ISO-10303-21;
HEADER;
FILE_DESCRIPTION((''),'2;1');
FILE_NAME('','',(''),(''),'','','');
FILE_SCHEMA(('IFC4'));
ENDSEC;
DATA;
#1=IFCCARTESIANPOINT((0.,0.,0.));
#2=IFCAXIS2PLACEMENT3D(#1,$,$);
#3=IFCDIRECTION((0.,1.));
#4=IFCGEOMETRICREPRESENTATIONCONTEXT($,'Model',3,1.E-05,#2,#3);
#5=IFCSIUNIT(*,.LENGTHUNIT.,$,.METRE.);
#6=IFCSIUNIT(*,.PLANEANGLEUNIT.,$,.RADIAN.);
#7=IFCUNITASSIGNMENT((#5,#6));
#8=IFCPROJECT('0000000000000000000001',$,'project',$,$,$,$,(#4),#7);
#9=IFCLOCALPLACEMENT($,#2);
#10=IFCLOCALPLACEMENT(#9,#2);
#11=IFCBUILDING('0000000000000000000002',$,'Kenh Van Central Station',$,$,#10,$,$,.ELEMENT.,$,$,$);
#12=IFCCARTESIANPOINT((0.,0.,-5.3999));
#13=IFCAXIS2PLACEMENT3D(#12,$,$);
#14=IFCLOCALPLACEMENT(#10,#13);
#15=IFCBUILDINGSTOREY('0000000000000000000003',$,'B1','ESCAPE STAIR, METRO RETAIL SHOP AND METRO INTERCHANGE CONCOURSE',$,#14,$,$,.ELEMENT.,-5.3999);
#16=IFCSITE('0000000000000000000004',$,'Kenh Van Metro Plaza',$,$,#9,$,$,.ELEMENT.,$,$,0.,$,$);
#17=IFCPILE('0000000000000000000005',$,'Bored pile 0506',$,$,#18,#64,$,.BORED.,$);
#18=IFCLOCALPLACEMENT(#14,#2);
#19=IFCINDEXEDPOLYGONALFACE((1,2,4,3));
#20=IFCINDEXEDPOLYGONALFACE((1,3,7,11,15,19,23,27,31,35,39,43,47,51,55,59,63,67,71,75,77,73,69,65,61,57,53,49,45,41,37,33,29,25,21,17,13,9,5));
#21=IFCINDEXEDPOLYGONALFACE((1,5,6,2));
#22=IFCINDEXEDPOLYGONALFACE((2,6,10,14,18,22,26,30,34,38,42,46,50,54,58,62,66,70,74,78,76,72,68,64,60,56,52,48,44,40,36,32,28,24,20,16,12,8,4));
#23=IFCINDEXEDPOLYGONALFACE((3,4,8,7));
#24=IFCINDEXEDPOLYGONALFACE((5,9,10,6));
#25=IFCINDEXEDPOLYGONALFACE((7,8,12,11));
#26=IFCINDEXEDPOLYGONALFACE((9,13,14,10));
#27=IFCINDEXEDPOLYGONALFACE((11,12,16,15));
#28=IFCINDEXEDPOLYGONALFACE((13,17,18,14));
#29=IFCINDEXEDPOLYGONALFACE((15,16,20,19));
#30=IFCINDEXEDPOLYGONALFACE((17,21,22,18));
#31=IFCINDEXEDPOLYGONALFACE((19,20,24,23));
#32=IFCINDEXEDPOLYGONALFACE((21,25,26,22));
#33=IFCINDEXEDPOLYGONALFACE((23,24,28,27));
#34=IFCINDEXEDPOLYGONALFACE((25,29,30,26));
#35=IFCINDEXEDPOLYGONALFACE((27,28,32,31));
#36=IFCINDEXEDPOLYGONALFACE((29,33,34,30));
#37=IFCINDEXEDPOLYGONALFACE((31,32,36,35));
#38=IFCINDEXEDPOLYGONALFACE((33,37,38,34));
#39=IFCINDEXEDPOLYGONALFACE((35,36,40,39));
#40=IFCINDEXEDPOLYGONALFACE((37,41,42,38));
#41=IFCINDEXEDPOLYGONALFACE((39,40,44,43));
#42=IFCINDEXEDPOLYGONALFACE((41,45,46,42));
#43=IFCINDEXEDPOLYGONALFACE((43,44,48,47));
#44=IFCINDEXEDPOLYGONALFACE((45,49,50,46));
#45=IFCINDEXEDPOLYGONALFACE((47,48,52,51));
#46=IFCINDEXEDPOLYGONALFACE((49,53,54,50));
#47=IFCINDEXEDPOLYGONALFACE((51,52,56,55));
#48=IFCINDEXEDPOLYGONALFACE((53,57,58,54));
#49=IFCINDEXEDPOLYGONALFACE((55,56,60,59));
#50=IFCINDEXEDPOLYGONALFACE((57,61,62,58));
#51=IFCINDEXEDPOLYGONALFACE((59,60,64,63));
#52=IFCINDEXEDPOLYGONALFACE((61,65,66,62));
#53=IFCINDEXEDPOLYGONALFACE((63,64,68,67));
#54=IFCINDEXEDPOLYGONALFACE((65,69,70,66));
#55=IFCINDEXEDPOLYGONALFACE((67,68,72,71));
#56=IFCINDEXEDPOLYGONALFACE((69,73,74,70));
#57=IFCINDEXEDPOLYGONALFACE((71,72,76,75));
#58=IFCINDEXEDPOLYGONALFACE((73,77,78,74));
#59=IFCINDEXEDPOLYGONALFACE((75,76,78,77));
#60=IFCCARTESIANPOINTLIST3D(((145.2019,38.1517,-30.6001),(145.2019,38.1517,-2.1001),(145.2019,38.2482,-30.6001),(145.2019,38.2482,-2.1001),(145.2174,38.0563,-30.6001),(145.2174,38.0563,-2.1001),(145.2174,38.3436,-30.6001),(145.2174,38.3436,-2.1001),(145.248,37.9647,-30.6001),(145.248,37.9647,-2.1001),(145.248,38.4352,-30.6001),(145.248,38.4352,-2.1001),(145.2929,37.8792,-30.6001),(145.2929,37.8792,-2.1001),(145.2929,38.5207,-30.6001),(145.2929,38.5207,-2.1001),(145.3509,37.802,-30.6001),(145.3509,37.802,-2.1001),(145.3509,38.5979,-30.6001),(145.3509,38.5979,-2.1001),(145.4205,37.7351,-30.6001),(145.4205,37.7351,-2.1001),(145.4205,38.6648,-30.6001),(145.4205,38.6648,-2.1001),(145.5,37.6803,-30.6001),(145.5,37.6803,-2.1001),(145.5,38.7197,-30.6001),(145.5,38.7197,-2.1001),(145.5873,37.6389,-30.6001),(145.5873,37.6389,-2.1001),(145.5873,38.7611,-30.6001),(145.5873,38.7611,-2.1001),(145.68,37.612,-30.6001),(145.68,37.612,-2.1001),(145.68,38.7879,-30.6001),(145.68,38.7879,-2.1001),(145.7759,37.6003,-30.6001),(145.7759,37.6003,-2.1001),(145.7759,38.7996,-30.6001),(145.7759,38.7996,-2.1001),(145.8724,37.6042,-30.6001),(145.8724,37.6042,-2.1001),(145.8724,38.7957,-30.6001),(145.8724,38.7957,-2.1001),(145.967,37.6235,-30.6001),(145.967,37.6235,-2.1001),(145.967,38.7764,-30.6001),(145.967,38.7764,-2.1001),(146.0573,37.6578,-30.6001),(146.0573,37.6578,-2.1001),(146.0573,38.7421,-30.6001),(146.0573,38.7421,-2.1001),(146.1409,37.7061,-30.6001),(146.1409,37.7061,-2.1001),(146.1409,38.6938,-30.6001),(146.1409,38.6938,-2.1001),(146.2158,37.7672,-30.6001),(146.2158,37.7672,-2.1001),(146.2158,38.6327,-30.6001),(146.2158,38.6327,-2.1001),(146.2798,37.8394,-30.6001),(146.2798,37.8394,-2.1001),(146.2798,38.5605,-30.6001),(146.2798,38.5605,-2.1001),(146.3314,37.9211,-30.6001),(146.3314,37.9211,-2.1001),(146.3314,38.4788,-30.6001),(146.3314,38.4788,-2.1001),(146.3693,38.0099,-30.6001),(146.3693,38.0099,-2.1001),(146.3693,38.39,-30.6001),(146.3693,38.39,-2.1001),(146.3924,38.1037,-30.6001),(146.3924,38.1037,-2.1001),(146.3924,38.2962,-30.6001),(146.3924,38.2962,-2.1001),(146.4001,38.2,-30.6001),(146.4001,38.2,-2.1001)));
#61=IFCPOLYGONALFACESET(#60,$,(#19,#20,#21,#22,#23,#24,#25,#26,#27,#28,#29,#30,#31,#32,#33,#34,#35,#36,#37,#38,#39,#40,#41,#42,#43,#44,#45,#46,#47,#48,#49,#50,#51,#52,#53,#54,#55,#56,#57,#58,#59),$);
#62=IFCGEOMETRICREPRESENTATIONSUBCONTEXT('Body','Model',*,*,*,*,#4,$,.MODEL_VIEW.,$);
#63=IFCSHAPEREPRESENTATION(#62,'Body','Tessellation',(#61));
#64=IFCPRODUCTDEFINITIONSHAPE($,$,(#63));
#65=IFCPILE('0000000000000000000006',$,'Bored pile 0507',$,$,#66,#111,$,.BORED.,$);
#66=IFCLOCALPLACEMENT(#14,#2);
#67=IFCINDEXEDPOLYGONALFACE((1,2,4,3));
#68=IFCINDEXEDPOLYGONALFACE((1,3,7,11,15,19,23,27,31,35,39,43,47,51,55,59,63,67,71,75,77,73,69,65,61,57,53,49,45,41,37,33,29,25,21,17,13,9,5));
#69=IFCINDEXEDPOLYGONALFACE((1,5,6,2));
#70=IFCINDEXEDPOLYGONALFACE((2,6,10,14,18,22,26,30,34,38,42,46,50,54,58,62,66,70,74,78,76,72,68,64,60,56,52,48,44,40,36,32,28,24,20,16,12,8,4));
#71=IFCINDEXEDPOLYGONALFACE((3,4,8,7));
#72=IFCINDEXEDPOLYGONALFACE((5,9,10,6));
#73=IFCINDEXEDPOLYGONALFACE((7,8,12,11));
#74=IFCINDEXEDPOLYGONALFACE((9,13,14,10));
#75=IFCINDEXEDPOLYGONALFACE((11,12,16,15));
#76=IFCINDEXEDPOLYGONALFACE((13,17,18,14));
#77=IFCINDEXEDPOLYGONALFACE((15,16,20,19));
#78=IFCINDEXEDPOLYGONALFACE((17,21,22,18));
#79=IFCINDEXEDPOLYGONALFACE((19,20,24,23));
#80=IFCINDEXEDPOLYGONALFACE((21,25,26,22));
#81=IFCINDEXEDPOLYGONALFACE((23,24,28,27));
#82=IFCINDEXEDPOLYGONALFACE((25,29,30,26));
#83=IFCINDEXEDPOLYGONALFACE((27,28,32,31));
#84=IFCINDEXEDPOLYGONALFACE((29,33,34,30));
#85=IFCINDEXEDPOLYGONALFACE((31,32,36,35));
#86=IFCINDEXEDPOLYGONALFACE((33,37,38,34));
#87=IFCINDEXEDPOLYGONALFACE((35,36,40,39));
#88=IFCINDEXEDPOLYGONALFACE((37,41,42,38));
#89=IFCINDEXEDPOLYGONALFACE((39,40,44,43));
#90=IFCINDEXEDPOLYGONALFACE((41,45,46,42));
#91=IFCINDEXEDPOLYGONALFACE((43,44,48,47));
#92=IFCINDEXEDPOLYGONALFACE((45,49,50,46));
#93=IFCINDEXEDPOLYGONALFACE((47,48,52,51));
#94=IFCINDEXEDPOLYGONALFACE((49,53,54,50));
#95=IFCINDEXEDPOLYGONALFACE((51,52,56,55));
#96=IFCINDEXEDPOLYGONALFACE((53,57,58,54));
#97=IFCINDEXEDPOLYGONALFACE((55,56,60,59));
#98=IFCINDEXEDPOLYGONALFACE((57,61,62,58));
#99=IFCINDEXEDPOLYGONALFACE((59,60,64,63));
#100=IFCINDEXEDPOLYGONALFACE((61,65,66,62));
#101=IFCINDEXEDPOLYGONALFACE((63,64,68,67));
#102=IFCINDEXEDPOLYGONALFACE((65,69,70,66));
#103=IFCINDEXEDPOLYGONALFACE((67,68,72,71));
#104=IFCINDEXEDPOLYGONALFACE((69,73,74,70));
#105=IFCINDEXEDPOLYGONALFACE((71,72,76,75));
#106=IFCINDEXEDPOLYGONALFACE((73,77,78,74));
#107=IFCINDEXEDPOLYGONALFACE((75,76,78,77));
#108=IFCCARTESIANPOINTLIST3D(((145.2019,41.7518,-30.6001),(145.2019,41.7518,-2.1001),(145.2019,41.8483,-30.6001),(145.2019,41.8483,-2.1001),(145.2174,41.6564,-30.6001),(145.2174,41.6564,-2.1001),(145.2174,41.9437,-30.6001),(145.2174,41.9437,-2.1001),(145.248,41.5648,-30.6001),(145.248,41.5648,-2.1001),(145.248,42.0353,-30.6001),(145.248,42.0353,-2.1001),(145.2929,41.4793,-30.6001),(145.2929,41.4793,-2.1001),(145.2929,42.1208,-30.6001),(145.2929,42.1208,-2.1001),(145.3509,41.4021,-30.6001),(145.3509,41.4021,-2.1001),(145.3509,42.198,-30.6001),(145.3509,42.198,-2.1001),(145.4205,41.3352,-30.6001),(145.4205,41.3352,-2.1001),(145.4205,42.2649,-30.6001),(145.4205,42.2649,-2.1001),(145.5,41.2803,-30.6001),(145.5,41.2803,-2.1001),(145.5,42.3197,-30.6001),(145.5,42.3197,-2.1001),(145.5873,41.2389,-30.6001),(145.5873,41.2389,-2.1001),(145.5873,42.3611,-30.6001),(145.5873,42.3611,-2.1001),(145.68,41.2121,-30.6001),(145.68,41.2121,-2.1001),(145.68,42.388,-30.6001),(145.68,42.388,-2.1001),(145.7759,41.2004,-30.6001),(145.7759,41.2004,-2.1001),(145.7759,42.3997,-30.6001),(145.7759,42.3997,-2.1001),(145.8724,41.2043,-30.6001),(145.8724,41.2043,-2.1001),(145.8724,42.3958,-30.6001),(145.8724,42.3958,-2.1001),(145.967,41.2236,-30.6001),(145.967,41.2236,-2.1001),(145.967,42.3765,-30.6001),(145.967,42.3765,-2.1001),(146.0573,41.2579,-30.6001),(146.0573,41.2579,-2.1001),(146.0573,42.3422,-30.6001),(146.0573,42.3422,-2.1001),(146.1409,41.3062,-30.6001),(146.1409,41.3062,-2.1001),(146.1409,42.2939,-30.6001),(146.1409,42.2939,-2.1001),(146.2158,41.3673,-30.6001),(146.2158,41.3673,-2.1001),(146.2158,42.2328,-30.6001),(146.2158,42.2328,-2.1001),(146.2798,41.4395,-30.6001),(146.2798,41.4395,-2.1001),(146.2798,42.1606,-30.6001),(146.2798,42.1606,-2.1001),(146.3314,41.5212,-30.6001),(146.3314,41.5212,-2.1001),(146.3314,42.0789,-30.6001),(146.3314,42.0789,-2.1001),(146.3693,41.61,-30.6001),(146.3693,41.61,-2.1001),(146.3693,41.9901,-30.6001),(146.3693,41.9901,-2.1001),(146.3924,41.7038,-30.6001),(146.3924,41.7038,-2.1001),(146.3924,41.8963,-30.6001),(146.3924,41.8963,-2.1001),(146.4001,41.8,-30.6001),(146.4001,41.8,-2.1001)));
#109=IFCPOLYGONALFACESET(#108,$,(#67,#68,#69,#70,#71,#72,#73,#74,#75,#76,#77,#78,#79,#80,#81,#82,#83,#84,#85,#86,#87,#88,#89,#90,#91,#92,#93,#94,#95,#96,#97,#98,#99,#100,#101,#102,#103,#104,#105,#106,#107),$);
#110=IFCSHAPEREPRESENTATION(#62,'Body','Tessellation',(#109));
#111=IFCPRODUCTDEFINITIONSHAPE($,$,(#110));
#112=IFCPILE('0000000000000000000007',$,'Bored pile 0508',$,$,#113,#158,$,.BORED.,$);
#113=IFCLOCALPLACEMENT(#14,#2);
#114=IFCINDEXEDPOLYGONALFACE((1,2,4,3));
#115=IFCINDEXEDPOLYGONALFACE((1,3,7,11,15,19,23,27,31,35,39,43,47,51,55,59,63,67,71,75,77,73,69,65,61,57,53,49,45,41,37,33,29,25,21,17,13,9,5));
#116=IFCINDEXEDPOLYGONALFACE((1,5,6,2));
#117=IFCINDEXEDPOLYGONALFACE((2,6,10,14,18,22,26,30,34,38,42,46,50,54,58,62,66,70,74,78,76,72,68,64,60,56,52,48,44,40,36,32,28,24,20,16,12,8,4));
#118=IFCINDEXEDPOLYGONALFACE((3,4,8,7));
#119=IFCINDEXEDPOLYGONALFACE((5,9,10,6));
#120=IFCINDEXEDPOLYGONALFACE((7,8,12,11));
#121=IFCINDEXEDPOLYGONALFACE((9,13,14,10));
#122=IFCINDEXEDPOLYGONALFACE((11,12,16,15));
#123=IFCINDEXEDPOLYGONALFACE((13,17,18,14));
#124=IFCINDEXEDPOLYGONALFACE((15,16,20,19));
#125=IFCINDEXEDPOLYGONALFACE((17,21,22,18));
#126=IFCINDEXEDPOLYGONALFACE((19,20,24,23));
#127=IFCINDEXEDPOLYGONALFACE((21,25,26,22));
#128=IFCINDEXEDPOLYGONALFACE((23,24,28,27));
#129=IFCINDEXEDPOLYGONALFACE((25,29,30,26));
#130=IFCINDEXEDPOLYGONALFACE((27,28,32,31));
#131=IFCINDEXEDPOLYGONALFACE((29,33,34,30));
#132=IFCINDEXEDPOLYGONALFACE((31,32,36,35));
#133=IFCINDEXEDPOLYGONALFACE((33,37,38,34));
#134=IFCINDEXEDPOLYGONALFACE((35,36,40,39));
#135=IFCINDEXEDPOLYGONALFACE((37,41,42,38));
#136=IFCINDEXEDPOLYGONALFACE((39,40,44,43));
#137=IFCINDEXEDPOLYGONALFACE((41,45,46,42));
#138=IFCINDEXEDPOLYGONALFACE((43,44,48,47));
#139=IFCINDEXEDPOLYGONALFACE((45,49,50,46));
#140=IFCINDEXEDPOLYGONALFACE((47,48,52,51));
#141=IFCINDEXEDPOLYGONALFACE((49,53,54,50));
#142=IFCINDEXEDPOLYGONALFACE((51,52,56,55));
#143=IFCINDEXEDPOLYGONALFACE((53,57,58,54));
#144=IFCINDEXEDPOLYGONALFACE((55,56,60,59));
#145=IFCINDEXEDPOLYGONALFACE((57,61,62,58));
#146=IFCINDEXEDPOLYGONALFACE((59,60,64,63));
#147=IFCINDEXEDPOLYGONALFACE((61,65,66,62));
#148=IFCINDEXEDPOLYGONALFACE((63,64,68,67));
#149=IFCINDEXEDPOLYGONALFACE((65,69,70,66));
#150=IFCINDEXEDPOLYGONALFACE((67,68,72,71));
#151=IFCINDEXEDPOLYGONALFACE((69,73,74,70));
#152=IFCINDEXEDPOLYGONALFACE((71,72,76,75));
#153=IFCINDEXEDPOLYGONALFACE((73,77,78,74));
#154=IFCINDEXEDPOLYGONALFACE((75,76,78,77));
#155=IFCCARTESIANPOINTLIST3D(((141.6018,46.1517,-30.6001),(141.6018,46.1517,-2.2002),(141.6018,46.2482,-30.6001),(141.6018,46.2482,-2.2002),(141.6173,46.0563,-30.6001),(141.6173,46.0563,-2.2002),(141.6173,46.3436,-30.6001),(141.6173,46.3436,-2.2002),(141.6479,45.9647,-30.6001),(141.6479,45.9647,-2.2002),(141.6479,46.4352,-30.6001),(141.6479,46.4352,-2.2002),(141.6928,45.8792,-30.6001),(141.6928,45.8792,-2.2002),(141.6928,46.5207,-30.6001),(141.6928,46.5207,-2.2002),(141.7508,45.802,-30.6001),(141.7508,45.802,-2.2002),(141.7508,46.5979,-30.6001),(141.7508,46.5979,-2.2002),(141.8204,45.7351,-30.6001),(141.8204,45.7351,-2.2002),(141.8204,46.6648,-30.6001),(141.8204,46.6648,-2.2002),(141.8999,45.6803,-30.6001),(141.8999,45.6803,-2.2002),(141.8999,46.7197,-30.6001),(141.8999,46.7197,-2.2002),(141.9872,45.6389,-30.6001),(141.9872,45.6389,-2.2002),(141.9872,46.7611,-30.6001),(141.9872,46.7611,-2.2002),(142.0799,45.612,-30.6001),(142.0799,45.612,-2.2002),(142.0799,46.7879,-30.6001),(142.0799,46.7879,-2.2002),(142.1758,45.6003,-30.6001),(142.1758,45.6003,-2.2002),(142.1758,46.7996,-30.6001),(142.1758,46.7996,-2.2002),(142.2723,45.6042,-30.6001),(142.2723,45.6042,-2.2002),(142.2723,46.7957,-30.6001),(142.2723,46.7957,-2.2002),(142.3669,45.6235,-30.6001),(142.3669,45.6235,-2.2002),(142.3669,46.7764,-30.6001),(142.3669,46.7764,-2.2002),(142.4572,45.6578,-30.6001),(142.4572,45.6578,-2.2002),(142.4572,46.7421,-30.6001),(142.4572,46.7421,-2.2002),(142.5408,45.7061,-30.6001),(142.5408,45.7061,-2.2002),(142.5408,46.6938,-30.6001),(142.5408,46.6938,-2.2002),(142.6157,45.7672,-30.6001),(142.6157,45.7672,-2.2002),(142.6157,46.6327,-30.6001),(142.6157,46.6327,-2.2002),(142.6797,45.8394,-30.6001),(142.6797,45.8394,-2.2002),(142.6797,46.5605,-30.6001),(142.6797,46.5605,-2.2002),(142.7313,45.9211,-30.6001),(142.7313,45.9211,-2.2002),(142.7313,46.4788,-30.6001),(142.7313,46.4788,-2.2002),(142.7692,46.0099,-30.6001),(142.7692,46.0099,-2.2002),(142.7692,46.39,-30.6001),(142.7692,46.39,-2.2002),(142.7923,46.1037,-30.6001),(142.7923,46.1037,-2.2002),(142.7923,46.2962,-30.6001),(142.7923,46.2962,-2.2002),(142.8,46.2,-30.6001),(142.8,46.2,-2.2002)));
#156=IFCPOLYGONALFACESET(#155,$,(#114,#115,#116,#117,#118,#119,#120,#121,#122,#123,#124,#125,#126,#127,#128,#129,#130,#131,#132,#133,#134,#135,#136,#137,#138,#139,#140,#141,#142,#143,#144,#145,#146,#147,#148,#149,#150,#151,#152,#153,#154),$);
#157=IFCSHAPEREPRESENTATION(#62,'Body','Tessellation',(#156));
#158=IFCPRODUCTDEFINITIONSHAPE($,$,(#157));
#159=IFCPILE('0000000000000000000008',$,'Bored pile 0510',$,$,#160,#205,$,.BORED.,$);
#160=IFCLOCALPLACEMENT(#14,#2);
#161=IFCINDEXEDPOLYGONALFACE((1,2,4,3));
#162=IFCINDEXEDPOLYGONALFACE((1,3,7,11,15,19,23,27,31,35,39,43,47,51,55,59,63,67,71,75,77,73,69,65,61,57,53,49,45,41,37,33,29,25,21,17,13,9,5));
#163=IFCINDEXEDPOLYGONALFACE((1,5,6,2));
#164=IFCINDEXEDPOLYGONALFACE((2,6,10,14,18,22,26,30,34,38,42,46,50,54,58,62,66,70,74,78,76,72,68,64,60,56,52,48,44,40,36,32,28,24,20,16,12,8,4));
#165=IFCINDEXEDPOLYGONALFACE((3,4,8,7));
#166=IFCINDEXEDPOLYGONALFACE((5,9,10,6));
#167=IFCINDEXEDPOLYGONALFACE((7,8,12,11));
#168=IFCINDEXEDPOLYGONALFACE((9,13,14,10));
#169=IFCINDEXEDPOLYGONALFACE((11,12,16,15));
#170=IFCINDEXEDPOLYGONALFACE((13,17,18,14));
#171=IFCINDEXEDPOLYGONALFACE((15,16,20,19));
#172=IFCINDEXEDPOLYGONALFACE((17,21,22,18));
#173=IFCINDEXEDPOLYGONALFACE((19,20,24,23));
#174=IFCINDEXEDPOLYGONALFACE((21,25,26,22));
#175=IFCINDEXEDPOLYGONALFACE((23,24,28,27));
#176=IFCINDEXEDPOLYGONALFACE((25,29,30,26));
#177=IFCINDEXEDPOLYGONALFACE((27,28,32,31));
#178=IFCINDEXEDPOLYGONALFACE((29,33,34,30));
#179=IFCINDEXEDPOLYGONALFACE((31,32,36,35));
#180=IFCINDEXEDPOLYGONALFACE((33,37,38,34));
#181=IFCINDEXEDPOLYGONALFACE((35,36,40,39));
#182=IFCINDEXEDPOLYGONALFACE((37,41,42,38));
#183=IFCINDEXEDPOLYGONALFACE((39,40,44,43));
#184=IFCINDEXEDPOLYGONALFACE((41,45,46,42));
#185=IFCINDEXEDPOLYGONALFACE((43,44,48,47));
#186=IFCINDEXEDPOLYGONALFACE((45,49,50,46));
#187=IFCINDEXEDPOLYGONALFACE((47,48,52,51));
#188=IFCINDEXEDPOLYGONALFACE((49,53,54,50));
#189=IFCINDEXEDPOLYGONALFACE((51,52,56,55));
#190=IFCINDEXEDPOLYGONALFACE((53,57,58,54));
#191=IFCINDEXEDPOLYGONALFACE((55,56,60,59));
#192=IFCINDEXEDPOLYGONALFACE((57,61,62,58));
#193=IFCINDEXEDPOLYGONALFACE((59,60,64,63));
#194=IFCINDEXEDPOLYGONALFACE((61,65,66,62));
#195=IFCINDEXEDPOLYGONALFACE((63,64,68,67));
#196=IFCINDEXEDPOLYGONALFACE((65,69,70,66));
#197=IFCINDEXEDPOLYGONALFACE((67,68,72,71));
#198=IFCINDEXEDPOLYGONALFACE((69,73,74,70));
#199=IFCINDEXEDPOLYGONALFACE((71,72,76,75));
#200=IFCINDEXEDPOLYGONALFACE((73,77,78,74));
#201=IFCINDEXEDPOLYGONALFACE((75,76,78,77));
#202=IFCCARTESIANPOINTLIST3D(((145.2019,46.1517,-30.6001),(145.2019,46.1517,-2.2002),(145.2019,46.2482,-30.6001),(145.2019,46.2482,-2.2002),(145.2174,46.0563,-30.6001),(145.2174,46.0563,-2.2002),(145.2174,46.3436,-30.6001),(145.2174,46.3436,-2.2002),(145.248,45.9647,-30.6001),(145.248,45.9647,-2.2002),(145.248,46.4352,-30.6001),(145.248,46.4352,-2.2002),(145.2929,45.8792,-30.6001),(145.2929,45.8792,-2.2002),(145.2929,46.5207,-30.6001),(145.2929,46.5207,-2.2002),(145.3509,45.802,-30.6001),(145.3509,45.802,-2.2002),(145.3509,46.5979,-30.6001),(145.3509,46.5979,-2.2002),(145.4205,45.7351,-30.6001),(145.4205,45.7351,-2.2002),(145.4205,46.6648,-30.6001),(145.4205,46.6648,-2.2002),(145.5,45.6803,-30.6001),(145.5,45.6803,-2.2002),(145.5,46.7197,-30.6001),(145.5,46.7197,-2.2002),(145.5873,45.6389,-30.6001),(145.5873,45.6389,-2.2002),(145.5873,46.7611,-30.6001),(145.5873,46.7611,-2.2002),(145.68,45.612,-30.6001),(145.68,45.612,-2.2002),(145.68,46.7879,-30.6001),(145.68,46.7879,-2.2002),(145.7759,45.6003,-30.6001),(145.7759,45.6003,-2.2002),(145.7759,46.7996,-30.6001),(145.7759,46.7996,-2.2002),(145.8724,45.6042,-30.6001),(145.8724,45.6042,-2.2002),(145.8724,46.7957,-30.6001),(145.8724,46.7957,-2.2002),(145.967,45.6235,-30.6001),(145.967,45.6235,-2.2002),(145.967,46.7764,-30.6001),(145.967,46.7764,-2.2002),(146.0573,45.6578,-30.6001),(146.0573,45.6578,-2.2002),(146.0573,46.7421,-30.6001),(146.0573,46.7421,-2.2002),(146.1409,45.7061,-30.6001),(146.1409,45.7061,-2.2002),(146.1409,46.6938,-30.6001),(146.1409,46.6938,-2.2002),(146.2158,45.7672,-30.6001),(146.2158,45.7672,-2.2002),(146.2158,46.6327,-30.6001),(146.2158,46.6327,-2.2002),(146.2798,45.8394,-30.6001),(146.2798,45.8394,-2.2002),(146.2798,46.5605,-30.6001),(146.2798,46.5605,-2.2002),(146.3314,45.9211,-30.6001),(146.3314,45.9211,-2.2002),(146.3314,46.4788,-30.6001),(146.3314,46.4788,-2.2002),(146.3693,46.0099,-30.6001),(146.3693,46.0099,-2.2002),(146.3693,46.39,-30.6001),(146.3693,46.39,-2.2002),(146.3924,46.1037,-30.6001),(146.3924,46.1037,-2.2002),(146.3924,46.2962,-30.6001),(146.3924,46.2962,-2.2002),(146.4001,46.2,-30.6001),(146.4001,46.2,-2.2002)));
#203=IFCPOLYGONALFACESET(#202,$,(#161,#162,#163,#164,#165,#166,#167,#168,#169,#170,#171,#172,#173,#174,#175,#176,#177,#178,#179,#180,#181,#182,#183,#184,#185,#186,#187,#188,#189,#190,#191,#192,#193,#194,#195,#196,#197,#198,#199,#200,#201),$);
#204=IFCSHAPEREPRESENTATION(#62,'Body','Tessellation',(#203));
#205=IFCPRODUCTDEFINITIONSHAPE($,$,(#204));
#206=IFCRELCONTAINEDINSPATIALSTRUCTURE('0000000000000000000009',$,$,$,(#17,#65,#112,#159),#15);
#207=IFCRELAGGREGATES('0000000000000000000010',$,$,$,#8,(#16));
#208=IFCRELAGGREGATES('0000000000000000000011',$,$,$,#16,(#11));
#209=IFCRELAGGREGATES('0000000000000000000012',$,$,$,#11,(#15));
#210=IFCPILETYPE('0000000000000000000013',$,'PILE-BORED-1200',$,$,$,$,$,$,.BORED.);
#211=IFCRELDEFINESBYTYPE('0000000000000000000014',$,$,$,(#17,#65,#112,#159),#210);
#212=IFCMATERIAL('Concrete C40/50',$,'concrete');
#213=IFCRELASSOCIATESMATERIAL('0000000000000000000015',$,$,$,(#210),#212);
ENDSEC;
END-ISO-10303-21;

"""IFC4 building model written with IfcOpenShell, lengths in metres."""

from ifc_helpers import new_model, si_unit, direction, frame, origin, origin_2d, place, context, subcontext, project, spatial, circle, extrude, material, material_profile, profile_set, type_object, element, save


model = new_model("IFC4")

# Units and contexts
model_context = context("Model", 3, precision=1e-05, world=origin(), true_north=direction((0.0, 1.0)))
body_context = subcontext(model_context, "Body", "Model", "MODEL_VIEW")
ifc_project = project(units=[si_unit("LENGTHUNIT", "METRE"), si_unit("PLANEANGLEUNIT", "RADIAN")], contexts=[model_context])

# Site, building, storey
site_placement = place(None, origin())
site = spatial("IfcSite", under=ifc_project, at=site_placement, Name="Kenh Van Metro Plaza", CompositionType="ELEMENT", RefElevation=0.0)
building_placement = place(site_placement, origin())
building = spatial("IfcBuilding", under=site, at=building_placement, Name="Kenh Van Central Station", CompositionType="ELEMENT")
storey_placement = place(building_placement, frame((0.0, 0.0, -5.3999)))
storey = spatial("IfcBuildingStorey", under=building, at=storey_placement, Name="B1", Description="ESCAPE STAIR, METRO RETAIL SHOP AND METRO INTERCHANGE CONCOURSE", CompositionType="ELEMENT", Elevation=-5.3999)

# Shared definitions
ifc_material_1 = material(Name="Concrete C40/50", Category="concrete")

# Piles
ifc_material_profile_1 = material_profile(ifc_material_1, circle(Radius=0.6001, at=origin_2d()), Name="PILE D1200")
ifc_profile_set_1 = profile_set([ifc_material_profile_1], Name="Concrete C40/50")
pile_type = type_object("IfcPileType", Name="PILE-BORED-1200", PredefinedType="BORED", material=ifc_profile_set_1)
for number, where, z_axis, x_axis, name in (
    (1, (145.8, 38.2, -2.1001), (0.0, 0.0, -1.0), (1.0, 0.0, 0.0), "Bored pile 0506"),
    (2, (145.8, 41.8, -2.1001), (0.0, 0.0, -1.0), (1.0, 0.0, 0.0), "Bored pile 0507"),
):
    element("IfcPile", number, at=place(storey_placement, frame(where, z_axis=z_axis, x_axis=x_axis)), inside=storey, type_object=pile_type, Name=name, PredefinedType="BORED", context=body_context, shape_type="SweptSolid", body=[
        extrude(circle(Radius=0.6001, at=origin_2d()), origin(), (0.0, 0.0, 1.0), 28.5),
    ])
for number, where, z_axis, x_axis, name in (
    (3, (142.2, 46.2, -2.2002), (0.0, 0.0, -1.0), (1.0, 0.0, 0.0), "Bored pile 0508"),
    (4, (145.8, 46.2, -2.2002), (0.0, 0.0, -1.0), (1.0, 0.0, 0.0), "Bored pile 0510"),
):
    element("IfcPile", number, at=place(storey_placement, frame(where, z_axis=z_axis, x_axis=x_axis)), inside=storey, type_object=pile_type, Name=name, PredefinedType="BORED", context=body_context, shape_type="SweptSolid", body=[
        extrude(circle(Radius=0.6001, at=origin_2d()), origin(), (0.0, 0.0, 1.0), 28.3999),
    ])

save(model, "model.ifc")
